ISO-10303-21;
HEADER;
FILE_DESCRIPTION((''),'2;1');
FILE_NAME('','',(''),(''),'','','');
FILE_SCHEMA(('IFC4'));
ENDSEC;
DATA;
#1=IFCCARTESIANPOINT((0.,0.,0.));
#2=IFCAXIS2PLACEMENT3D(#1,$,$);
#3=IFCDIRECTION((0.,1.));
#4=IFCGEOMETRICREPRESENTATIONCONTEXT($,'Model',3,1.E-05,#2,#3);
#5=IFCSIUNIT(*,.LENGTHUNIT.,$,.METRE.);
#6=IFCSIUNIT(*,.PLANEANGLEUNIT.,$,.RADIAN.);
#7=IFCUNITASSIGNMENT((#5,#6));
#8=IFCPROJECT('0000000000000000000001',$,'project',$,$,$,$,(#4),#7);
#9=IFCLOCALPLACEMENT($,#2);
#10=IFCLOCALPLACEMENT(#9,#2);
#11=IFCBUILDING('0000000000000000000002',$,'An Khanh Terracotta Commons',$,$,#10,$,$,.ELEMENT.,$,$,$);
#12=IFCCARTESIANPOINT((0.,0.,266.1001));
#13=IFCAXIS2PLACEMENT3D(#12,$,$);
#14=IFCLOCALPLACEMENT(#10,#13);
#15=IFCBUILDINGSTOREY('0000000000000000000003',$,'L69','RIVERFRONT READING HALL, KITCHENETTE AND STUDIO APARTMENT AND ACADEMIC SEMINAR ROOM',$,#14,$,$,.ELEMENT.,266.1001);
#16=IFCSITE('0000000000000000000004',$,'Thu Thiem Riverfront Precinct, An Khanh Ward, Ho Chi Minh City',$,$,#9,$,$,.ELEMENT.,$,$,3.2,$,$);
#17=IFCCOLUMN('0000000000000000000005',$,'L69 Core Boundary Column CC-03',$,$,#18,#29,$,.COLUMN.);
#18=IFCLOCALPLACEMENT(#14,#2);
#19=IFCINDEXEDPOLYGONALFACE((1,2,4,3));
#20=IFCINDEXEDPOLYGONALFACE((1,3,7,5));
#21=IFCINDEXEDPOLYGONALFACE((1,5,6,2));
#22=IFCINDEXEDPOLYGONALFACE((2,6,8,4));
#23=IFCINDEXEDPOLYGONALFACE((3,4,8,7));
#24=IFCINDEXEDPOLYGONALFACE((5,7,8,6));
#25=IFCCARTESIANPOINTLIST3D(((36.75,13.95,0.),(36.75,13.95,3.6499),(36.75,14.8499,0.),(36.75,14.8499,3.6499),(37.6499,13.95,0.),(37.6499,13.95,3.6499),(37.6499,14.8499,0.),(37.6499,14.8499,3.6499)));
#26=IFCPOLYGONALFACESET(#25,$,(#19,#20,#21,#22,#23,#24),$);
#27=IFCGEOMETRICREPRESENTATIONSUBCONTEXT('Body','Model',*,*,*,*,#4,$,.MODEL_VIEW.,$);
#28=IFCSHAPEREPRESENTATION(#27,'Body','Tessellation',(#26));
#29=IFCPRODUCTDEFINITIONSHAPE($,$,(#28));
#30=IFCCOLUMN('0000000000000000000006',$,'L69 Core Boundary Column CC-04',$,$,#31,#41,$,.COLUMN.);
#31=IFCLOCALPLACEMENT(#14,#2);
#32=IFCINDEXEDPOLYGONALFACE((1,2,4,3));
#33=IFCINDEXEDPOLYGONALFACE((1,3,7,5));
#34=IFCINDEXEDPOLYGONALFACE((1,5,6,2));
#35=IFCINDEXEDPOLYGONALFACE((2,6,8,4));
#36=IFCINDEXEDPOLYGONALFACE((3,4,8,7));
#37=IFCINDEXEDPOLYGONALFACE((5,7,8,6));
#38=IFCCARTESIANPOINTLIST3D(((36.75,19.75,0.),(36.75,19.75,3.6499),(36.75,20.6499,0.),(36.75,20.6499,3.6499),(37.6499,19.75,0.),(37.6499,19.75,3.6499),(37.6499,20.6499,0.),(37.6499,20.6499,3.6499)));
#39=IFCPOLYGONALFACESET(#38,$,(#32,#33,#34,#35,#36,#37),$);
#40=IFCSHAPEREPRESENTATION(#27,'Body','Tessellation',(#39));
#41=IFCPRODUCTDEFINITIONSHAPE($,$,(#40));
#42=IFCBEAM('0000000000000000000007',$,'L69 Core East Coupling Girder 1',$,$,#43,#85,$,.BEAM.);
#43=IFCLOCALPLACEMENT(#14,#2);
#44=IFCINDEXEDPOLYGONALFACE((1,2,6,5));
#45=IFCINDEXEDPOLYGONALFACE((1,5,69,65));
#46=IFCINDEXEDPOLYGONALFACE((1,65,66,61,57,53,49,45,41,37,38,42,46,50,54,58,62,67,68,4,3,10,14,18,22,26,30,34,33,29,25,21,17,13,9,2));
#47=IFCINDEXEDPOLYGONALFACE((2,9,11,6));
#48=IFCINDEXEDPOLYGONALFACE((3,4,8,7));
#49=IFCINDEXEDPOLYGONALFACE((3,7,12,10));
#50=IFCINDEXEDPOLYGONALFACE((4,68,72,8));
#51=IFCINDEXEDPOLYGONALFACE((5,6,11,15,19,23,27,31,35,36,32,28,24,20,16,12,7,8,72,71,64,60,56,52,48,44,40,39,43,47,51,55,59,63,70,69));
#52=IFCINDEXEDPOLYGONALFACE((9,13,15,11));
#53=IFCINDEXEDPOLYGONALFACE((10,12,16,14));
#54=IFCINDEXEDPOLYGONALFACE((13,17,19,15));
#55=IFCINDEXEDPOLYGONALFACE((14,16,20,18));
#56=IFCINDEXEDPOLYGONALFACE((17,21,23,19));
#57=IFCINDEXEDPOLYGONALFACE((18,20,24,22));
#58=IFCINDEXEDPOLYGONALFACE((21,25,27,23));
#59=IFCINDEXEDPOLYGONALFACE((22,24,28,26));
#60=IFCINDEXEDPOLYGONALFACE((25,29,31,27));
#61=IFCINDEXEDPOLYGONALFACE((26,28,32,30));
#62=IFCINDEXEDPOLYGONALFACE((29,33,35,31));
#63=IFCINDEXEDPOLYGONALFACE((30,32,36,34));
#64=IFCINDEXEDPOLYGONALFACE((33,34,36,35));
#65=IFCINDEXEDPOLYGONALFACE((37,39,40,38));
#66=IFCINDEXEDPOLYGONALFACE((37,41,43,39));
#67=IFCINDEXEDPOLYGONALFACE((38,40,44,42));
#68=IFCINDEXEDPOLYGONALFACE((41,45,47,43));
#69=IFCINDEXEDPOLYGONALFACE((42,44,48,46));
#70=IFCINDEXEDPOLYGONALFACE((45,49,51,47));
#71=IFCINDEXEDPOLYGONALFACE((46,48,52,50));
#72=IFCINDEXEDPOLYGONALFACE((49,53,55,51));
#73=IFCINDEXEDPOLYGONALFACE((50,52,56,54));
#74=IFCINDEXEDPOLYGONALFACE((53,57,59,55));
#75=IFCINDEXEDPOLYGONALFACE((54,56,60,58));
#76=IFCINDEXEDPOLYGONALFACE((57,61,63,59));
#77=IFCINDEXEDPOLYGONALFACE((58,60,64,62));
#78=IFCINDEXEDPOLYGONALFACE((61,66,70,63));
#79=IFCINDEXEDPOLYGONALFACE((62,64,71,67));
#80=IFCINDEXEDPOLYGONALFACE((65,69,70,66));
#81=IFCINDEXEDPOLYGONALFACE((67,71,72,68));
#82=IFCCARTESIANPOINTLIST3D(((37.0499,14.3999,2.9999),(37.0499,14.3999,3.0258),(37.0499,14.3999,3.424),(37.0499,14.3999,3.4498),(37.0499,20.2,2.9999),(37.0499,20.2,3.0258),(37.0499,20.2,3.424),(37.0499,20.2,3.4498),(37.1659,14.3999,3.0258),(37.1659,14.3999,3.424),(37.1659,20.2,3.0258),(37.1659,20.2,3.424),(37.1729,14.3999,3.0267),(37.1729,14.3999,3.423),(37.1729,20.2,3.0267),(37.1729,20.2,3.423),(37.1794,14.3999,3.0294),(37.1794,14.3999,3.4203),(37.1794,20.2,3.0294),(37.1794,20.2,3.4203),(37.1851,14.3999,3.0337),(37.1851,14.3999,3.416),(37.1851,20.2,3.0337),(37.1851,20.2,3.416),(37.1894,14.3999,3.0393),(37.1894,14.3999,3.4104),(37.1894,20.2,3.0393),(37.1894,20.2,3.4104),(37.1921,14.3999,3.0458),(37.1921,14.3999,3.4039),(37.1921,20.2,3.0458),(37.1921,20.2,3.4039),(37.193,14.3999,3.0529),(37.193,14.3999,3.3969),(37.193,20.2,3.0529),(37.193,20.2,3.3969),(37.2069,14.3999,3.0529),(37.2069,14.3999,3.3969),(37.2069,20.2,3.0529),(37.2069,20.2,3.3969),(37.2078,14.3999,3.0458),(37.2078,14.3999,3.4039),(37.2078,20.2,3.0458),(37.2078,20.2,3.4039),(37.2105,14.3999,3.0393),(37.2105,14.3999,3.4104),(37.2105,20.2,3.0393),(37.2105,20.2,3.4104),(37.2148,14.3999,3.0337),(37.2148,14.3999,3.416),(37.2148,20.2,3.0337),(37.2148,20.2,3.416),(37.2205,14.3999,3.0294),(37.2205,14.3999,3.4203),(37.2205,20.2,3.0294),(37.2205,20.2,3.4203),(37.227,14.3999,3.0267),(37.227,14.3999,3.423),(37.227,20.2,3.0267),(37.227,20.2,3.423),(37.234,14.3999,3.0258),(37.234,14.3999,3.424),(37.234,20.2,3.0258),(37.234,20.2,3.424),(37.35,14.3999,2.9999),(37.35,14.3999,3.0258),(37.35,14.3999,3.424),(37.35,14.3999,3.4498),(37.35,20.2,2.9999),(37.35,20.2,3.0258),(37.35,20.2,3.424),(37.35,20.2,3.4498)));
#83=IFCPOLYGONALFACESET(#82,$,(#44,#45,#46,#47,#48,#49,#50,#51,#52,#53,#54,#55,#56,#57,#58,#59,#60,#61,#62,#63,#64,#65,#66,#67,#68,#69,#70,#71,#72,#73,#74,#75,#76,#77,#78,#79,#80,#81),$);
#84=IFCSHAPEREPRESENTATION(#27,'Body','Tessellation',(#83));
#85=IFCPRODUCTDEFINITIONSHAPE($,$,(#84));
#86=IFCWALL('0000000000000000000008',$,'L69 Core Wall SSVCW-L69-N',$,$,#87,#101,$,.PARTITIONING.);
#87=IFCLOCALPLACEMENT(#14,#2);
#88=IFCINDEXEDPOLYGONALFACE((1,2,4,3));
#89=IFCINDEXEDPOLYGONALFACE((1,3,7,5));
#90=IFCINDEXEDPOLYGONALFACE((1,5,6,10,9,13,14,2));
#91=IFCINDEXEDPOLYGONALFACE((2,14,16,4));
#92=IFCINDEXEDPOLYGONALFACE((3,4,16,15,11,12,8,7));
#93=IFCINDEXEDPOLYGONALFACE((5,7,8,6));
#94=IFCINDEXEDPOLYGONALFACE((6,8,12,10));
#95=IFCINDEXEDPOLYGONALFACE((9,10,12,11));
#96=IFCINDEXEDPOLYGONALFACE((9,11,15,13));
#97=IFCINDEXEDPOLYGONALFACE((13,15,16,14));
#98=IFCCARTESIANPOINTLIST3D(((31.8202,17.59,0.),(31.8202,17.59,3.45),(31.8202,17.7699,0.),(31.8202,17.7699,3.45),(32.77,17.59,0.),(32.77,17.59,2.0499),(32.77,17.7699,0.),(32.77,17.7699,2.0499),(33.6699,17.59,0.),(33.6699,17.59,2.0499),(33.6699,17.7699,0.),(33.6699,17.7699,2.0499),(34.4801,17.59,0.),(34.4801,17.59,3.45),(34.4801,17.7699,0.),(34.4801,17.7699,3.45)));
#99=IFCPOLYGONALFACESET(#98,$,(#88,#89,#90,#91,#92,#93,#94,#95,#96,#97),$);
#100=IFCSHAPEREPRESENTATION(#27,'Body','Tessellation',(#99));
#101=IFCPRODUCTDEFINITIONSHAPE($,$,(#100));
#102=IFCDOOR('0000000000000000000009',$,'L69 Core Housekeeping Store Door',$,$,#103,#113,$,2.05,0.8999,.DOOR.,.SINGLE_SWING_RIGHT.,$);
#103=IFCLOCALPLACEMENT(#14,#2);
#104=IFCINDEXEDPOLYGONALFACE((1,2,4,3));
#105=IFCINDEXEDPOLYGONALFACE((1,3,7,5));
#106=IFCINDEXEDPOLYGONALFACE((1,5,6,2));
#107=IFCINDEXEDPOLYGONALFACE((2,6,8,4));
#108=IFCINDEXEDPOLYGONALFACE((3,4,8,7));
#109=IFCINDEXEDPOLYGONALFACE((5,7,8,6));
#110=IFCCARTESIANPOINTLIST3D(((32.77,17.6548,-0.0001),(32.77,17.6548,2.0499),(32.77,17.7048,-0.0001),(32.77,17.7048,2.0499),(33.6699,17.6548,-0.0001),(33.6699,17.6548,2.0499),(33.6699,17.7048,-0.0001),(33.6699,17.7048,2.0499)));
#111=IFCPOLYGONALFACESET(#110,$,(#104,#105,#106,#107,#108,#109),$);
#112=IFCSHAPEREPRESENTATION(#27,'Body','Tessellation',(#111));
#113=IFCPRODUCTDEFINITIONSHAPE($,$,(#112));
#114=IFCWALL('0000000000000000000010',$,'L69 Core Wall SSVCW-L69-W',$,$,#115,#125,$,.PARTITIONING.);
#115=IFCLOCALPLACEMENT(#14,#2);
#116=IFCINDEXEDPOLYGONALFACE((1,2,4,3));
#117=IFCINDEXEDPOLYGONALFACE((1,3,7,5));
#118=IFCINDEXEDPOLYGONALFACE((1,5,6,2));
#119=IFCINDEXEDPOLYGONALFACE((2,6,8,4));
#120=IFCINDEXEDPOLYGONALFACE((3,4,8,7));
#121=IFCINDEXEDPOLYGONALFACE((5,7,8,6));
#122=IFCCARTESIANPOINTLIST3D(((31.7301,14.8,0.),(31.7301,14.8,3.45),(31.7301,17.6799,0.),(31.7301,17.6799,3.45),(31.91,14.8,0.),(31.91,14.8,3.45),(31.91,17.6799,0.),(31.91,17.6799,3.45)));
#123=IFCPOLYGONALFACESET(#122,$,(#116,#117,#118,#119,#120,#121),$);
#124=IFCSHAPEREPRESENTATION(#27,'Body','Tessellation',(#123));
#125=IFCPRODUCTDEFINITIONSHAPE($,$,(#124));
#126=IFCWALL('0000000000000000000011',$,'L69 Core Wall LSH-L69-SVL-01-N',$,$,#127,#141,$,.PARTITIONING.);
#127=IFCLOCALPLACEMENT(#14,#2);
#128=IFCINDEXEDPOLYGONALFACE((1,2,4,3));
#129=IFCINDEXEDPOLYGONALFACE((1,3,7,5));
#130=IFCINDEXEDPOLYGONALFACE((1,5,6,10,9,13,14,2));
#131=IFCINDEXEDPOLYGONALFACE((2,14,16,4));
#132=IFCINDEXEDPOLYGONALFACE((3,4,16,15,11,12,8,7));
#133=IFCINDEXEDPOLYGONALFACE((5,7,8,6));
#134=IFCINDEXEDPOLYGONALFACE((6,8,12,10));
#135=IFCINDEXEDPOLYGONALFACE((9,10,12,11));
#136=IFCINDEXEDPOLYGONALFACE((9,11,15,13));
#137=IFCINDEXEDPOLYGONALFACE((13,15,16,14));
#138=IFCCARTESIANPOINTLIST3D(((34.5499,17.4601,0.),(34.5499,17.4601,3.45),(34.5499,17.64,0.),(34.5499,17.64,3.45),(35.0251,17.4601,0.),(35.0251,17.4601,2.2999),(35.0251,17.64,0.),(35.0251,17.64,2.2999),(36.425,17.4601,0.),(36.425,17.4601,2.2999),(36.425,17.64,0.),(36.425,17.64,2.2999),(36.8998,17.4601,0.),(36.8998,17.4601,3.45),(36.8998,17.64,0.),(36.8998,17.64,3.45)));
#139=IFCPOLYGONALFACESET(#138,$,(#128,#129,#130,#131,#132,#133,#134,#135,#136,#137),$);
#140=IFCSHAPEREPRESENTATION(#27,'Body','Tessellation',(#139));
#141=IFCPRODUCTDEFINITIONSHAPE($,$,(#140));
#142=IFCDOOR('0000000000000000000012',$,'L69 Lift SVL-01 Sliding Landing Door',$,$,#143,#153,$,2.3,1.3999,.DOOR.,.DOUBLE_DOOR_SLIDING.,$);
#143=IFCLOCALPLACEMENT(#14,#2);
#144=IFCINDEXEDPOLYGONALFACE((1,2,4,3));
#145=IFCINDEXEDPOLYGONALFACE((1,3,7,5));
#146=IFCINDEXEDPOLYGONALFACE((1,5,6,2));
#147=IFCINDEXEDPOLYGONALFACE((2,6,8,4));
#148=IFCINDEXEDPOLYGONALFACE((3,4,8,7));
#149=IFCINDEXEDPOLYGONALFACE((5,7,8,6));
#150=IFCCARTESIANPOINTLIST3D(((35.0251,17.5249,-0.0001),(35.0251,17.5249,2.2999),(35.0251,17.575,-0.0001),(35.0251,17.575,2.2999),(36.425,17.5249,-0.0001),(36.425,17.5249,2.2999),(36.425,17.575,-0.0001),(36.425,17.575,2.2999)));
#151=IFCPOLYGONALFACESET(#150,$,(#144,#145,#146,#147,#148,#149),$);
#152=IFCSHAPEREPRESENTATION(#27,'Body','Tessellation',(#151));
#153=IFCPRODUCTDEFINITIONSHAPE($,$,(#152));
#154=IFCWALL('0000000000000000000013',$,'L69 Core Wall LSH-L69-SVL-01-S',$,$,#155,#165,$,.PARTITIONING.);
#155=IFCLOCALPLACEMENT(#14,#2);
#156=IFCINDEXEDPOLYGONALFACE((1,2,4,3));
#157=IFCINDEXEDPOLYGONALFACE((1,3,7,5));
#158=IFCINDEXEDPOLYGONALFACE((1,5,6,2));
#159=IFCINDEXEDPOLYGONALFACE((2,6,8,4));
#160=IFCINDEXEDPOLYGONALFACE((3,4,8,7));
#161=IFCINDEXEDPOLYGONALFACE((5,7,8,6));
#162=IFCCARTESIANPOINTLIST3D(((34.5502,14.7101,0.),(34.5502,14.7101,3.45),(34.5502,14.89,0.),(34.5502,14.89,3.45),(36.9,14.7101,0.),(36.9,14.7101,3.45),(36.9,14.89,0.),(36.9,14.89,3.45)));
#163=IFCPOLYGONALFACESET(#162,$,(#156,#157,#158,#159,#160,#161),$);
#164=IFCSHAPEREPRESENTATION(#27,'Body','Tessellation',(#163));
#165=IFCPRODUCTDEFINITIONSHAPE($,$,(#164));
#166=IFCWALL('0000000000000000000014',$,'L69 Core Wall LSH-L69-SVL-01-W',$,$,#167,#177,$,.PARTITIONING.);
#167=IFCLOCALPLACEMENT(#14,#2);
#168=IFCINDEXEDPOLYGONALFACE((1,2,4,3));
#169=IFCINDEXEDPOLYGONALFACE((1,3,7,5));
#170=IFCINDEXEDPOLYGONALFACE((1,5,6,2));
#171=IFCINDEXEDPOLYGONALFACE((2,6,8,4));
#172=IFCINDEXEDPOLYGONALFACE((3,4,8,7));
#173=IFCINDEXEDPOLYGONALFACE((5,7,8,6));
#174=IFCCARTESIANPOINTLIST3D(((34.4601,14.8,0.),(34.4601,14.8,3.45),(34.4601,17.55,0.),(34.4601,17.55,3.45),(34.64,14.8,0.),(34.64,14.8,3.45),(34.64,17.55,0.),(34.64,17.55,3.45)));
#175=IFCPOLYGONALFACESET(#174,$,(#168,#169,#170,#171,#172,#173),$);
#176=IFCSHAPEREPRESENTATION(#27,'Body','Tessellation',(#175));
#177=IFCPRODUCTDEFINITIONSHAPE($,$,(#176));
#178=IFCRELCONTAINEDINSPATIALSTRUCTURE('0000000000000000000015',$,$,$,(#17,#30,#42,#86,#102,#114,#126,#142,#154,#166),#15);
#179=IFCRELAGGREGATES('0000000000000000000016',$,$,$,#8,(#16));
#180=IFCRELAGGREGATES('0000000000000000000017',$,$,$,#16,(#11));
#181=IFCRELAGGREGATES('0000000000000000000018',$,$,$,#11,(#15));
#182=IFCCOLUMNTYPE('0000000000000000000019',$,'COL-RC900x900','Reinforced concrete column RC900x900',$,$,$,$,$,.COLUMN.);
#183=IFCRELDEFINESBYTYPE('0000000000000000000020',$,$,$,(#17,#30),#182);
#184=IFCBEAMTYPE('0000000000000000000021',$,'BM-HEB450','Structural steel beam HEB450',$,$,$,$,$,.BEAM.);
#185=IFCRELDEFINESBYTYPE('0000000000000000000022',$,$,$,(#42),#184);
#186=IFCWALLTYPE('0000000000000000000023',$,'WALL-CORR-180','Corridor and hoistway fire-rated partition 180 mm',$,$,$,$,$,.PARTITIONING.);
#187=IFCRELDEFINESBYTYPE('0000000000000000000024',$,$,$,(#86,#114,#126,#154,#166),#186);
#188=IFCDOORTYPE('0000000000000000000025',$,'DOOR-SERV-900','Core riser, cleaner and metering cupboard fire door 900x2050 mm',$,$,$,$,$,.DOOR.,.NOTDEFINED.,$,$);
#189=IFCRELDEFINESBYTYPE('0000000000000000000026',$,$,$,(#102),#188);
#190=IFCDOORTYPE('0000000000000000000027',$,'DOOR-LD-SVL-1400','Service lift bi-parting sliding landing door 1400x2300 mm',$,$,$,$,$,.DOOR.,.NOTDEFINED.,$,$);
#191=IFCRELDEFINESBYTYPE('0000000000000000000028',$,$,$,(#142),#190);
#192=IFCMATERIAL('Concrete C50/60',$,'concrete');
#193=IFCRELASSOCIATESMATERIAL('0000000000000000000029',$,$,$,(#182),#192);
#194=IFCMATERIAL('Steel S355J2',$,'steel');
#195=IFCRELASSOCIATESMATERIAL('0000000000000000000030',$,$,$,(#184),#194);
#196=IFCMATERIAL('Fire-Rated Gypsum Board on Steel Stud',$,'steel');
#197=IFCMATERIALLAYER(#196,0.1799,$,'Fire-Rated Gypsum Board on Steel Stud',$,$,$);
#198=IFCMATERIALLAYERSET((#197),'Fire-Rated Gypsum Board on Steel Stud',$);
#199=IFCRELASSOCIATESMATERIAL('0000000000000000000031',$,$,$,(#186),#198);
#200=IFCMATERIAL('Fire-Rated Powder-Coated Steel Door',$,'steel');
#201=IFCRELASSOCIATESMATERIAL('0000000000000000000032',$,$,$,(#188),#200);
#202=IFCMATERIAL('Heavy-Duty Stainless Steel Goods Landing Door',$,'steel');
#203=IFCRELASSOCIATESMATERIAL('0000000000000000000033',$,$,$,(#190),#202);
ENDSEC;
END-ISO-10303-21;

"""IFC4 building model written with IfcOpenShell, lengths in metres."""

from ifc_helpers import new_model, si_unit, direction, frame, frame_2d, origin, origin_2d, place, context, subcontext, project, spatial, rectangle, i_section, extrude, material, layer, layer_set, material_profile, profile_set, type_object, element, fill, save


model = new_model("IFC4")

# Units and contexts
model_context = context("Model", 3, precision=1e-05, world=origin(), true_north=direction((0.0, 1.0)))
body_context = subcontext(model_context, "Body", "Model", "MODEL_VIEW")
ifc_project = project(units=[si_unit("LENGTHUNIT", "METRE"), si_unit("PLANEANGLEUNIT", "RADIAN")], contexts=[model_context])

# Site, building, storey
site_placement = place(None, origin())
site = spatial("IfcSite", under=ifc_project, at=site_placement, Name="Thu Thiem Riverfront Precinct, An Khanh Ward, Ho Chi Minh City", CompositionType="ELEMENT", RefElevation=3.2)
building_placement = place(site_placement, origin())
building = spatial("IfcBuilding", under=site, at=building_placement, Name="An Khanh Terracotta Commons", CompositionType="ELEMENT")
storey_placement = place(building_placement, frame((0.0, 0.0, 266.1001)))
storey = spatial("IfcBuildingStorey", under=building, at=storey_placement, Name="L69", Description="RIVERFRONT READING HALL, KITCHENETTE AND STUDIO APARTMENT AND ACADEMIC SEMINAR ROOM", CompositionType="ELEMENT", Elevation=266.1001)

# Columns
ifc_material_1 = material(Name="Concrete C50/60", Category="concrete")
ifc_material_profile_1 = material_profile(ifc_material_1, rectangle(XDim=0.8999, YDim=0.8999, at=origin_2d()), Name="RC900x900")
ifc_profile_set_1 = profile_set([ifc_material_profile_1], Name="Concrete C50/60")
column_type = type_object("IfcColumnType", Name="COL-RC900x900", Description="Reinforced concrete column RC900x900", PredefinedType="COLUMN", material=ifc_profile_set_1)
for number, where, z_axis, x_axis, name in (
    (1, (37.2, 14.3999, 0.0), (0.0, 0.0, 1.0), (1.0, 0.0, 0.0), "L69 Core Boundary Column CC-03"),
    (2, (37.2, 20.2, 0.0), (0.0, 0.0, 1.0), (1.0, 0.0, 0.0), "L69 Core Boundary Column CC-04"),
):
    element("IfcColumn", number, at=place(storey_placement, frame(where, z_axis=z_axis, x_axis=x_axis)), inside=storey, type_object=column_type, Name=name, PredefinedType="COLUMN", context=body_context, shape_type="SweptSolid", body=[
        extrude(rectangle(XDim=0.8999, YDim=0.8999, at=origin_2d()), origin(), (0.0, 0.0, 1.0), 3.6499),
    ])

# Beam
ifc_material_2 = material(Name="Steel S355J2", Category="steel")
ifc_material_profile_2 = material_profile(ifc_material_2, i_section(OverallWidth=0.3, OverallDepth=0.45, WebThickness=0.0139, FlangeThickness=0.0259, FilletRadius=0.0271, at=origin_2d()), Name="HEB450")
ifc_profile_set_2 = profile_set([ifc_material_profile_2], Name="Steel S355J2")
beam_type = type_object("IfcBeamType", Name="BM-HEB450", Description="Structural steel beam HEB450", PredefinedType="BEAM", material=ifc_profile_set_2)
beam_placement = place(storey_placement, frame((37.2, 14.3999, 3.2249), z_axis=(0.0, 1.0, 0.0), x_axis=(-1.0, 0.0, 0.0)))
element("IfcBeam", 3, at=beam_placement, inside=storey, type_object=beam_type, Name="L69 Core East Coupling Girder 1", PredefinedType="BEAM", context=body_context, shape_type="SweptSolid", body=[
    extrude(i_section(OverallWidth=0.3, OverallDepth=0.45, WebThickness=0.0139, FlangeThickness=0.0259, FilletRadius=0.0271, at=origin_2d()), origin(), (0.0, 0.0, 1.0), 5.8),
])

# Wall, opening, door
ifc_material_3 = material(Name="Fire-Rated Gypsum Board on Steel Stud", Category="steel")
ifc_layer_1 = layer(ifc_material_3, 0.1799, Name="Fire-Rated Gypsum Board on Steel Stud")
ifc_layer_set_1 = layer_set([ifc_layer_1], Name="Fire-Rated Gypsum Board on Steel Stud")
wall_type_1 = type_object("IfcWallType", Name="WALL-CORR-180", Description="Corridor and hoistway fire-rated partition 180 mm", PredefinedType="PARTITIONING", material=ifc_layer_set_1)
wall_1_placement = place(storey_placement, frame((31.8201, 17.6799, 0.0), z_axis=(0.0, 0.0, 1.0), x_axis=(1.0, 0.0, 0.0)))
wall_1 = element("IfcWall", 4, at=wall_1_placement, inside=storey, type_object=wall_type_1, Name="L69 Core Wall SSVCW-L69-N", PredefinedType="PARTITIONING", context=body_context, shape_type="SweptSolid", body=[
    extrude(rectangle(XDim=2.6599, YDim=0.1799, at=frame_2d((1.3301, 0.0))), origin(), (0.0, 0.0, 1.0), 3.45),
])
opening_1_placement = place(wall_1_placement, frame((0.95, 0.0, 0.0)))
opening_1 = element("IfcOpeningElement", 5, at=opening_1_placement, cuts=wall_1, PredefinedType="OPENING", context=body_context, shape_type="SweptSolid", body=[
    extrude(rectangle(XDim=0.8999, YDim=2.05, at=frame_2d((0.45, 1.0249))), frame((0.0, 0.0999, 0.0), z_axis=(0.0, -1.0, 0.0), x_axis=(1.0, 0.0, 0.0)), (0.0, 0.0, 1.0), 0.2),
])
ifc_material_4 = material(Name="Fire-Rated Powder-Coated Steel Door", Category="steel")
door_type_1 = type_object("IfcDoorType", Name="DOOR-SERV-900", Description="Core riser, cleaner and metering cupboard fire door 900x2050 mm", OperationType="NOTDEFINED", PredefinedType="DOOR", material=ifc_material_4)
door_1_placement = place(opening_1_placement, origin())
door_1 = element("IfcDoor", 6, at=door_1_placement, inside=storey, type_object=door_type_1, Name="L69 Core Housekeeping Store Door", OperationType="SINGLE_SWING_RIGHT", OverallHeight=2.05, OverallWidth=0.8999, PredefinedType="DOOR", context=body_context, shape_type="SweptSolid", body=[
    extrude(rectangle(XDim=0.8999, YDim=2.05, at=frame_2d((0.45, 1.0249))), frame((0.0, 0.0249, 0.0), z_axis=(0.0, -1.0, 0.0), x_axis=(1.0, 0.0, 0.0)), (0.0, 0.0, 1.0), 0.05),
])
fill(opening_1, door_1)

# Wall
wall_2_placement = place(storey_placement, frame((31.8201, 14.8, 0.0), z_axis=(0.0, 0.0, 1.0), x_axis=(0.0, 1.0, 0.0)))
element("IfcWall", 7, at=wall_2_placement, inside=storey, type_object=wall_type_1, Name="L69 Core Wall SSVCW-L69-W", PredefinedType="PARTITIONING", context=body_context, shape_type="SweptSolid", body=[
    extrude(rectangle(XDim=2.8799, YDim=0.1799, at=frame_2d((1.4399, 0.0))), origin(), (0.0, 0.0, 1.0), 3.45),
])

# Wall, opening, door
wall_3_placement = place(storey_placement, frame((34.55, 17.55, 0.0), z_axis=(0.0, 0.0, 1.0), x_axis=(1.0, 0.0, 0.0)))
wall_3 = element("IfcWall", 8, at=wall_3_placement, inside=storey, type_object=wall_type_1, Name="L69 Core Wall LSH-L69-SVL-01-N", PredefinedType="PARTITIONING", context=body_context, shape_type="SweptSolid", body=[
    extrude(rectangle(XDim=2.3499, YDim=0.1799, at=frame_2d((1.1748, 0.0))), origin(), (0.0, 0.0, 1.0), 3.45),
])
opening_2_placement = place(wall_3_placement, frame((0.4751, 0.0, 0.0)))
opening_2 = element("IfcOpeningElement", 9, at=opening_2_placement, cuts=wall_3, PredefinedType="OPENING", context=body_context, shape_type="SweptSolid", body=[
    extrude(rectangle(XDim=1.3999, YDim=2.3, at=frame_2d((0.7, 1.1499))), frame((0.0, 0.0999, 0.0), z_axis=(0.0, -1.0, 0.0), x_axis=(1.0, 0.0, 0.0)), (0.0, 0.0, 1.0), 0.2),
])
ifc_material_5 = material(Name="Heavy-Duty Stainless Steel Goods Landing Door", Category="steel")
door_type_2 = type_object("IfcDoorType", Name="DOOR-LD-SVL-1400", Description="Service lift bi-parting sliding landing door 1400x2300 mm", OperationType="NOTDEFINED", PredefinedType="DOOR", material=ifc_material_5)
door_2_placement = place(opening_2_placement, origin())
door_2 = element("IfcDoor", 10, at=door_2_placement, inside=storey, type_object=door_type_2, Name="L69 Lift SVL-01 Sliding Landing Door", OperationType="DOUBLE_DOOR_SLIDING", OverallHeight=2.3, OverallWidth=1.3999, PredefinedType="DOOR", context=body_context, shape_type="SweptSolid", body=[
    extrude(rectangle(XDim=1.3999, YDim=2.3, at=frame_2d((0.7, 1.1499))), frame((0.0, 0.0249, 0.0), z_axis=(0.0, -1.0, 0.0), x_axis=(1.0, 0.0, 0.0)), (0.0, 0.0, 1.0), 0.05),
])
fill(opening_2, door_2)

# Walls
wall_4_placement = place(storey_placement, frame((36.8999, 14.8, 0.0), z_axis=(0.0, 0.0, 1.0), x_axis=(-1.0, 0.0, 0.0)))
element("IfcWall", 11, at=wall_4_placement, inside=storey, type_object=wall_type_1, Name="L69 Core Wall LSH-L69-SVL-01-S", PredefinedType="PARTITIONING", context=body_context, shape_type="SweptSolid", body=[
    extrude(rectangle(XDim=2.3499, YDim=0.1799, at=frame_2d((1.1748, 0.0))), origin(), (0.0, 0.0, 1.0), 3.45),
])
wall_5_placement = place(storey_placement, frame((34.55, 17.55, 0.0), z_axis=(0.0, 0.0, 1.0), x_axis=(0.0, -1.0, 0.0)))
element("IfcWall", 12, at=wall_5_placement, inside=storey, type_object=wall_type_1, Name="L69 Core Wall LSH-L69-SVL-01-W", PredefinedType="PARTITIONING", context=body_context, shape_type="SweptSolid", body=[
    extrude(rectangle(XDim=2.75, YDim=0.1799, at=frame_2d((1.375, 0.0))), origin(), (0.0, 0.0, 1.0), 3.45),
])

save(model, "model.ifc")
